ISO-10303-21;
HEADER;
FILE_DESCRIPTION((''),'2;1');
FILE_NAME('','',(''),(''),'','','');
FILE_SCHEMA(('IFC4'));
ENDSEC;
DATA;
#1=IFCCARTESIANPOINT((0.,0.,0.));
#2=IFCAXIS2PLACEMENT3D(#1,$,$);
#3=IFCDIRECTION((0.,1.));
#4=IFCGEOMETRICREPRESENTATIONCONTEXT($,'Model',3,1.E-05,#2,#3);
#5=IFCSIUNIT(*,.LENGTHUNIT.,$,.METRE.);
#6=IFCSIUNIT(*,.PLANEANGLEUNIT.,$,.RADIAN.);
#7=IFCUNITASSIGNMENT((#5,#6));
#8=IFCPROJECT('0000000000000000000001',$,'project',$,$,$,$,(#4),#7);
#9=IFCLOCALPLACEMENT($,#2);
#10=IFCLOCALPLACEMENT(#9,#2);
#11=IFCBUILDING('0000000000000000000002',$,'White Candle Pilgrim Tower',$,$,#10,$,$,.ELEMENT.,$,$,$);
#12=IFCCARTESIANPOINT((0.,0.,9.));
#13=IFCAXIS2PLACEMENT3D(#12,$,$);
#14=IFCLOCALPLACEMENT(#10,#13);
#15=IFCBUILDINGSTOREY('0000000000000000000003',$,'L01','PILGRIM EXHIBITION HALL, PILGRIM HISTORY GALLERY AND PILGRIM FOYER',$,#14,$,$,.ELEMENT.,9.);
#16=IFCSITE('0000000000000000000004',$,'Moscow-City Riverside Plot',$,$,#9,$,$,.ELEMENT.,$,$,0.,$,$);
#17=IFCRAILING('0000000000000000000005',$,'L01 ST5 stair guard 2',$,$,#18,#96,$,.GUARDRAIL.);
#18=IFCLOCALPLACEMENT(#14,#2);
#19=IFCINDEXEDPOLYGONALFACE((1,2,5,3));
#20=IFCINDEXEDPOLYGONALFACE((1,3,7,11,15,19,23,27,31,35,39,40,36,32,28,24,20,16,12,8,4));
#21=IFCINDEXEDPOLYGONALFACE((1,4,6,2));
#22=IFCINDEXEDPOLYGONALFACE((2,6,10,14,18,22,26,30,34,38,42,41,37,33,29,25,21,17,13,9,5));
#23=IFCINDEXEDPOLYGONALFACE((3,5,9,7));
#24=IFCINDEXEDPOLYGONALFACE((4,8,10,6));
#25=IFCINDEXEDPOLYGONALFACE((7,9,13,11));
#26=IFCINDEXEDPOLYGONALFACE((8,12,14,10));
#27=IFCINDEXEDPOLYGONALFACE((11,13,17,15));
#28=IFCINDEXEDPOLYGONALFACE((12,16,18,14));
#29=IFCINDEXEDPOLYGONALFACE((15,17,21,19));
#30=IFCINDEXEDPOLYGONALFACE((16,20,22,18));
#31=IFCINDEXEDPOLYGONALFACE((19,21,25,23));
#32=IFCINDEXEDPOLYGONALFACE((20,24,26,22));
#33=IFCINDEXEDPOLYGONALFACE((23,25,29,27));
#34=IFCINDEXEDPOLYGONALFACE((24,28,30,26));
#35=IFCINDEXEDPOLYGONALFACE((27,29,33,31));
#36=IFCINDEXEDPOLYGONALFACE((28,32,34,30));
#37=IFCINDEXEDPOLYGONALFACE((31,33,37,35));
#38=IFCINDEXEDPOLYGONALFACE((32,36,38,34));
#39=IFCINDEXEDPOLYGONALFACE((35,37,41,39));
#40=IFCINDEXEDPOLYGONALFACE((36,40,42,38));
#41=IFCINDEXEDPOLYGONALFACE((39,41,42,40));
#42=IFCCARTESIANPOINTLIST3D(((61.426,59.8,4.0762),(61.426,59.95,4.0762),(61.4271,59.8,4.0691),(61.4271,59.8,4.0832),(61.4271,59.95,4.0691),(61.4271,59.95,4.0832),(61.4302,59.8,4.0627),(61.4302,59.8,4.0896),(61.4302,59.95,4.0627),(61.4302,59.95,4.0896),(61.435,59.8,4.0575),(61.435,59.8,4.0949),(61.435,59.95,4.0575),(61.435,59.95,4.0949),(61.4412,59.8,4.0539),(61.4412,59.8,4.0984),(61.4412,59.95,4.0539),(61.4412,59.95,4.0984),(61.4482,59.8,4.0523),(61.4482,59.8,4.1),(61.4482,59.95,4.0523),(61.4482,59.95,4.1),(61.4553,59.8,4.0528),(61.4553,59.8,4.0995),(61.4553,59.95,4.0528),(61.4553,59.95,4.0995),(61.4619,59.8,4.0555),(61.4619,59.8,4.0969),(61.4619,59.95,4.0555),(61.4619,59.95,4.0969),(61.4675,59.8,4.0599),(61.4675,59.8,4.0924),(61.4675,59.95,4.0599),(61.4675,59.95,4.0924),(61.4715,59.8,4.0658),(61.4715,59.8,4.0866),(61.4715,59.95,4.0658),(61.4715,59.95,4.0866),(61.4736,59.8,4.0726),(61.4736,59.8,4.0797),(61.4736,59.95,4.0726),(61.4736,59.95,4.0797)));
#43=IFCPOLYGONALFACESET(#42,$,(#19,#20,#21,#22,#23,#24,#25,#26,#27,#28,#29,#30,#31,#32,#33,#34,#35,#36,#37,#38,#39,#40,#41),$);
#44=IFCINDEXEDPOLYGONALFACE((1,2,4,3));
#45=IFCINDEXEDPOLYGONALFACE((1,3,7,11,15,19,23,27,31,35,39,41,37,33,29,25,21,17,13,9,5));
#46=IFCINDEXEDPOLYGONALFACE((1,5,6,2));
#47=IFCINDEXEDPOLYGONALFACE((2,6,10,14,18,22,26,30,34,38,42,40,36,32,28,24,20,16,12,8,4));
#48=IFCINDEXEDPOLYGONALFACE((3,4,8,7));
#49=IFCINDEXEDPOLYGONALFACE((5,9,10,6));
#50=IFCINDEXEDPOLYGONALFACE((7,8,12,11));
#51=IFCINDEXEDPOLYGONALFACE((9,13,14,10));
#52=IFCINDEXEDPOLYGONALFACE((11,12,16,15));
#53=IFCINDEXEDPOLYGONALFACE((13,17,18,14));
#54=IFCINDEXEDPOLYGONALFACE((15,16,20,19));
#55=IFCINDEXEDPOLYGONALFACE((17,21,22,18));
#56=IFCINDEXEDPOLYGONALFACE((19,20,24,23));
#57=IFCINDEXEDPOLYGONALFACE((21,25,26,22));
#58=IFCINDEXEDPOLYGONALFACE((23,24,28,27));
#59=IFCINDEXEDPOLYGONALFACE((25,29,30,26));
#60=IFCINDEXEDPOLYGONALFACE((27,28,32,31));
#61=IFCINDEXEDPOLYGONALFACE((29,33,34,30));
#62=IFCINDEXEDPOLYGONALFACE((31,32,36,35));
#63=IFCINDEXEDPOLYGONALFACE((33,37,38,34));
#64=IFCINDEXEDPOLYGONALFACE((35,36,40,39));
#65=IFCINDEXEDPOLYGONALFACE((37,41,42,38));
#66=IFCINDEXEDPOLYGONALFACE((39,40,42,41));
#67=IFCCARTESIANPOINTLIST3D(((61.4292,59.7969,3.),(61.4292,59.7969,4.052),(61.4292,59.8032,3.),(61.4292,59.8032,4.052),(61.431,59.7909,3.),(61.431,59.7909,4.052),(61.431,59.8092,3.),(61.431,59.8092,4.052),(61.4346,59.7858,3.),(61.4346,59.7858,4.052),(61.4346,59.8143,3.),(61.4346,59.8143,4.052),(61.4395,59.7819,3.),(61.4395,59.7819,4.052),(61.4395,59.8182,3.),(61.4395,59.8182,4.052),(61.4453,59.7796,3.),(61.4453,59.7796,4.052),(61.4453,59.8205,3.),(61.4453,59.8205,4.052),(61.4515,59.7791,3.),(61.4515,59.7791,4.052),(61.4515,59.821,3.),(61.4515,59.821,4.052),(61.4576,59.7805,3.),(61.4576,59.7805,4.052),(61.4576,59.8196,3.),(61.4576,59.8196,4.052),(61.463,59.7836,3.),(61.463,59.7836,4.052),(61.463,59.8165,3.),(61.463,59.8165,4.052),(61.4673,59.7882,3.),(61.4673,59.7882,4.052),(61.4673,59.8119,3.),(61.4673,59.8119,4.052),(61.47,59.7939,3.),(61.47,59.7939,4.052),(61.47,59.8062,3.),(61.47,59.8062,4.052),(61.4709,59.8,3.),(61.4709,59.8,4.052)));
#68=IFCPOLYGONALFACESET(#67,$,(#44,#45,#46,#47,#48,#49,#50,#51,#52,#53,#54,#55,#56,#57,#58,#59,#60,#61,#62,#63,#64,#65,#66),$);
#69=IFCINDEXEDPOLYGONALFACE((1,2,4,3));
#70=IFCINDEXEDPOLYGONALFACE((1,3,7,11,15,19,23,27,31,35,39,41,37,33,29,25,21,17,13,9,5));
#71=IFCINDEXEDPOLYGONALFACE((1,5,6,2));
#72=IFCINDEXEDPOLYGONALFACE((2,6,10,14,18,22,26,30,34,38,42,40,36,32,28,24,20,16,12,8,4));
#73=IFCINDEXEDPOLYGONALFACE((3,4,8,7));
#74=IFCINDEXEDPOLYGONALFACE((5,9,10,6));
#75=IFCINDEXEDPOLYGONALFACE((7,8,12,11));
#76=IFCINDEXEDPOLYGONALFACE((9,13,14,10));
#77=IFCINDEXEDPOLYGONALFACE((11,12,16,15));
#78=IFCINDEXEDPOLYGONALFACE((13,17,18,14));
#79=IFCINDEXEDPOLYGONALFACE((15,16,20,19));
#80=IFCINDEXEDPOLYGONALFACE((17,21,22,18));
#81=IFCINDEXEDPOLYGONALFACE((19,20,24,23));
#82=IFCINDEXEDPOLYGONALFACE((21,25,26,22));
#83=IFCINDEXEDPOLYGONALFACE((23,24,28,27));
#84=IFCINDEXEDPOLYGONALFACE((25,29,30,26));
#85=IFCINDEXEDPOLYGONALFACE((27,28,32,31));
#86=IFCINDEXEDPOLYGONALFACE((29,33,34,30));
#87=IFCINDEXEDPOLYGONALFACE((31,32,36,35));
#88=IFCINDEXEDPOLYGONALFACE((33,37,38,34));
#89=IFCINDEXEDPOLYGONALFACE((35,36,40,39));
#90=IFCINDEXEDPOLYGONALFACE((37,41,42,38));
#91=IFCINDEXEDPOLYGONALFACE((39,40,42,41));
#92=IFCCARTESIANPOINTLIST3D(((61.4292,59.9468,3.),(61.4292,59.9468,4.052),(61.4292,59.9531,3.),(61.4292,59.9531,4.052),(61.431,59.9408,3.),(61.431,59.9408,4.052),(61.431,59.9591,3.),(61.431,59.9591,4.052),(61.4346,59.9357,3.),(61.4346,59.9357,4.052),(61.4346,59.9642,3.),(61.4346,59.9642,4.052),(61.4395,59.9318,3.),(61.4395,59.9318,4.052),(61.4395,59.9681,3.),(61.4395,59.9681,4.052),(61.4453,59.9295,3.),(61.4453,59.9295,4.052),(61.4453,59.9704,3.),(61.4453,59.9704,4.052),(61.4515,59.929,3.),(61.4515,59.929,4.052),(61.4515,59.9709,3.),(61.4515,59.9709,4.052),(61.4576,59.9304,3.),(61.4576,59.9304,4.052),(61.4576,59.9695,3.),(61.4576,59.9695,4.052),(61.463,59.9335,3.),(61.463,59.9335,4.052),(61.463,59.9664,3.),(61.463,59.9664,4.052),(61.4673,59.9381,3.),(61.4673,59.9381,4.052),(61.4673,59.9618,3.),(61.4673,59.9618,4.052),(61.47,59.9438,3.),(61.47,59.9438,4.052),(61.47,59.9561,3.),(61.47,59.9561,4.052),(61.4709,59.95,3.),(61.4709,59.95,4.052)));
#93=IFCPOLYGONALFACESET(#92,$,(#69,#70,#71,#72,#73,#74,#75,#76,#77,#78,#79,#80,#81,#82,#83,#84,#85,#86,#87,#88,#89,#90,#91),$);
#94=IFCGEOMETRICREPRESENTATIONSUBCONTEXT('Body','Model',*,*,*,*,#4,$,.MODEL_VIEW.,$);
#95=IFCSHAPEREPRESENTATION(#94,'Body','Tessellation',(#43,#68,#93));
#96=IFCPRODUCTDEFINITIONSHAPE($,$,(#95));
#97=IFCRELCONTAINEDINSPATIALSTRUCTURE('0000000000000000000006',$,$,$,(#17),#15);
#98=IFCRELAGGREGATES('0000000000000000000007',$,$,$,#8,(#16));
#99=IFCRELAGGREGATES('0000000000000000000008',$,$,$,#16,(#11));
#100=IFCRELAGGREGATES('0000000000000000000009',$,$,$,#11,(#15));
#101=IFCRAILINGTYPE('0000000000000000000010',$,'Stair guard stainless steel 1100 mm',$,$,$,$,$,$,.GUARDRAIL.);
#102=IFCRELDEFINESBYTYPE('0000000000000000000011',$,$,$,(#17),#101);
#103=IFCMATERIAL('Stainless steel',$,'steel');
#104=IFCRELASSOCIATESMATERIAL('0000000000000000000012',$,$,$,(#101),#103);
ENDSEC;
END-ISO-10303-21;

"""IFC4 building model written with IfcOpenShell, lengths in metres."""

from ifc_helpers import new_model, si_unit, direction, frame, origin, origin_2d, place, context, subcontext, project, spatial, circle, extrude, material, type_object, element, save


model = new_model("IFC4")

# Units and contexts
model_context = context("Model", 3, precision=1e-05, world=origin(), true_north=direction((0.0, 1.0)))
body_context = subcontext(model_context, "Body", "Model", "MODEL_VIEW")
ifc_project = project(units=[si_unit("LENGTHUNIT", "METRE"), si_unit("PLANEANGLEUNIT", "RADIAN")], contexts=[model_context])

# Site, building, storey
site_placement = place(None, origin())
site = spatial("IfcSite", under=ifc_project, at=site_placement, Name="Moscow-City Riverside Plot", CompositionType="ELEMENT", RefElevation=0.0)
building_placement = place(site_placement, origin())
building = spatial("IfcBuilding", under=site, at=building_placement, Name="White Candle Pilgrim Tower", CompositionType="ELEMENT")
storey_placement = place(building_placement, frame((0.0, 0.0, 9.0)))
storey = spatial("IfcBuildingStorey", under=building, at=storey_placement, Name="L01", Description="PILGRIM EXHIBITION HALL, PILGRIM HISTORY GALLERY AND PILGRIM FOYER", CompositionType="ELEMENT", Elevation=9.0)

# Railing
ifc_material_1 = material(Name="Stainless steel", Category="steel")
railing_type_1 = type_object("IfcRailingType", Name="Stair guard stainless steel 1100 mm", PredefinedType="GUARDRAIL", material=ifc_material_1)
railing_1_placement = place(storey_placement, frame((61.45, 59.8, 3.0)))
element("IfcRailing", 1, at=railing_1_placement, inside=storey, type_object=railing_type_1, Name="L01 ST5 stair guard 2", PredefinedType="GUARDRAIL", context=body_context, shape_type="SweptSolid", body=[
    extrude(circle(Radius=0.0239, at=origin_2d()), frame((0.0, 0.0, 1.0762), z_axis=(0.0, 1.0, 0.0), x_axis=(-1.0, 0.0, 0.0)), (0.0, 0.0, 1.0), 0.1499),
    extrude(circle(Radius=0.021, at=origin_2d()), origin(), (0.0, 0.0, 1.0), 1.052),
    extrude(circle(Radius=0.021, at=origin_2d()), frame((0.0, 0.1499, 0.0)), (0.0, 0.0, 1.0), 1.052),
])

save(model, "model.ifc")
